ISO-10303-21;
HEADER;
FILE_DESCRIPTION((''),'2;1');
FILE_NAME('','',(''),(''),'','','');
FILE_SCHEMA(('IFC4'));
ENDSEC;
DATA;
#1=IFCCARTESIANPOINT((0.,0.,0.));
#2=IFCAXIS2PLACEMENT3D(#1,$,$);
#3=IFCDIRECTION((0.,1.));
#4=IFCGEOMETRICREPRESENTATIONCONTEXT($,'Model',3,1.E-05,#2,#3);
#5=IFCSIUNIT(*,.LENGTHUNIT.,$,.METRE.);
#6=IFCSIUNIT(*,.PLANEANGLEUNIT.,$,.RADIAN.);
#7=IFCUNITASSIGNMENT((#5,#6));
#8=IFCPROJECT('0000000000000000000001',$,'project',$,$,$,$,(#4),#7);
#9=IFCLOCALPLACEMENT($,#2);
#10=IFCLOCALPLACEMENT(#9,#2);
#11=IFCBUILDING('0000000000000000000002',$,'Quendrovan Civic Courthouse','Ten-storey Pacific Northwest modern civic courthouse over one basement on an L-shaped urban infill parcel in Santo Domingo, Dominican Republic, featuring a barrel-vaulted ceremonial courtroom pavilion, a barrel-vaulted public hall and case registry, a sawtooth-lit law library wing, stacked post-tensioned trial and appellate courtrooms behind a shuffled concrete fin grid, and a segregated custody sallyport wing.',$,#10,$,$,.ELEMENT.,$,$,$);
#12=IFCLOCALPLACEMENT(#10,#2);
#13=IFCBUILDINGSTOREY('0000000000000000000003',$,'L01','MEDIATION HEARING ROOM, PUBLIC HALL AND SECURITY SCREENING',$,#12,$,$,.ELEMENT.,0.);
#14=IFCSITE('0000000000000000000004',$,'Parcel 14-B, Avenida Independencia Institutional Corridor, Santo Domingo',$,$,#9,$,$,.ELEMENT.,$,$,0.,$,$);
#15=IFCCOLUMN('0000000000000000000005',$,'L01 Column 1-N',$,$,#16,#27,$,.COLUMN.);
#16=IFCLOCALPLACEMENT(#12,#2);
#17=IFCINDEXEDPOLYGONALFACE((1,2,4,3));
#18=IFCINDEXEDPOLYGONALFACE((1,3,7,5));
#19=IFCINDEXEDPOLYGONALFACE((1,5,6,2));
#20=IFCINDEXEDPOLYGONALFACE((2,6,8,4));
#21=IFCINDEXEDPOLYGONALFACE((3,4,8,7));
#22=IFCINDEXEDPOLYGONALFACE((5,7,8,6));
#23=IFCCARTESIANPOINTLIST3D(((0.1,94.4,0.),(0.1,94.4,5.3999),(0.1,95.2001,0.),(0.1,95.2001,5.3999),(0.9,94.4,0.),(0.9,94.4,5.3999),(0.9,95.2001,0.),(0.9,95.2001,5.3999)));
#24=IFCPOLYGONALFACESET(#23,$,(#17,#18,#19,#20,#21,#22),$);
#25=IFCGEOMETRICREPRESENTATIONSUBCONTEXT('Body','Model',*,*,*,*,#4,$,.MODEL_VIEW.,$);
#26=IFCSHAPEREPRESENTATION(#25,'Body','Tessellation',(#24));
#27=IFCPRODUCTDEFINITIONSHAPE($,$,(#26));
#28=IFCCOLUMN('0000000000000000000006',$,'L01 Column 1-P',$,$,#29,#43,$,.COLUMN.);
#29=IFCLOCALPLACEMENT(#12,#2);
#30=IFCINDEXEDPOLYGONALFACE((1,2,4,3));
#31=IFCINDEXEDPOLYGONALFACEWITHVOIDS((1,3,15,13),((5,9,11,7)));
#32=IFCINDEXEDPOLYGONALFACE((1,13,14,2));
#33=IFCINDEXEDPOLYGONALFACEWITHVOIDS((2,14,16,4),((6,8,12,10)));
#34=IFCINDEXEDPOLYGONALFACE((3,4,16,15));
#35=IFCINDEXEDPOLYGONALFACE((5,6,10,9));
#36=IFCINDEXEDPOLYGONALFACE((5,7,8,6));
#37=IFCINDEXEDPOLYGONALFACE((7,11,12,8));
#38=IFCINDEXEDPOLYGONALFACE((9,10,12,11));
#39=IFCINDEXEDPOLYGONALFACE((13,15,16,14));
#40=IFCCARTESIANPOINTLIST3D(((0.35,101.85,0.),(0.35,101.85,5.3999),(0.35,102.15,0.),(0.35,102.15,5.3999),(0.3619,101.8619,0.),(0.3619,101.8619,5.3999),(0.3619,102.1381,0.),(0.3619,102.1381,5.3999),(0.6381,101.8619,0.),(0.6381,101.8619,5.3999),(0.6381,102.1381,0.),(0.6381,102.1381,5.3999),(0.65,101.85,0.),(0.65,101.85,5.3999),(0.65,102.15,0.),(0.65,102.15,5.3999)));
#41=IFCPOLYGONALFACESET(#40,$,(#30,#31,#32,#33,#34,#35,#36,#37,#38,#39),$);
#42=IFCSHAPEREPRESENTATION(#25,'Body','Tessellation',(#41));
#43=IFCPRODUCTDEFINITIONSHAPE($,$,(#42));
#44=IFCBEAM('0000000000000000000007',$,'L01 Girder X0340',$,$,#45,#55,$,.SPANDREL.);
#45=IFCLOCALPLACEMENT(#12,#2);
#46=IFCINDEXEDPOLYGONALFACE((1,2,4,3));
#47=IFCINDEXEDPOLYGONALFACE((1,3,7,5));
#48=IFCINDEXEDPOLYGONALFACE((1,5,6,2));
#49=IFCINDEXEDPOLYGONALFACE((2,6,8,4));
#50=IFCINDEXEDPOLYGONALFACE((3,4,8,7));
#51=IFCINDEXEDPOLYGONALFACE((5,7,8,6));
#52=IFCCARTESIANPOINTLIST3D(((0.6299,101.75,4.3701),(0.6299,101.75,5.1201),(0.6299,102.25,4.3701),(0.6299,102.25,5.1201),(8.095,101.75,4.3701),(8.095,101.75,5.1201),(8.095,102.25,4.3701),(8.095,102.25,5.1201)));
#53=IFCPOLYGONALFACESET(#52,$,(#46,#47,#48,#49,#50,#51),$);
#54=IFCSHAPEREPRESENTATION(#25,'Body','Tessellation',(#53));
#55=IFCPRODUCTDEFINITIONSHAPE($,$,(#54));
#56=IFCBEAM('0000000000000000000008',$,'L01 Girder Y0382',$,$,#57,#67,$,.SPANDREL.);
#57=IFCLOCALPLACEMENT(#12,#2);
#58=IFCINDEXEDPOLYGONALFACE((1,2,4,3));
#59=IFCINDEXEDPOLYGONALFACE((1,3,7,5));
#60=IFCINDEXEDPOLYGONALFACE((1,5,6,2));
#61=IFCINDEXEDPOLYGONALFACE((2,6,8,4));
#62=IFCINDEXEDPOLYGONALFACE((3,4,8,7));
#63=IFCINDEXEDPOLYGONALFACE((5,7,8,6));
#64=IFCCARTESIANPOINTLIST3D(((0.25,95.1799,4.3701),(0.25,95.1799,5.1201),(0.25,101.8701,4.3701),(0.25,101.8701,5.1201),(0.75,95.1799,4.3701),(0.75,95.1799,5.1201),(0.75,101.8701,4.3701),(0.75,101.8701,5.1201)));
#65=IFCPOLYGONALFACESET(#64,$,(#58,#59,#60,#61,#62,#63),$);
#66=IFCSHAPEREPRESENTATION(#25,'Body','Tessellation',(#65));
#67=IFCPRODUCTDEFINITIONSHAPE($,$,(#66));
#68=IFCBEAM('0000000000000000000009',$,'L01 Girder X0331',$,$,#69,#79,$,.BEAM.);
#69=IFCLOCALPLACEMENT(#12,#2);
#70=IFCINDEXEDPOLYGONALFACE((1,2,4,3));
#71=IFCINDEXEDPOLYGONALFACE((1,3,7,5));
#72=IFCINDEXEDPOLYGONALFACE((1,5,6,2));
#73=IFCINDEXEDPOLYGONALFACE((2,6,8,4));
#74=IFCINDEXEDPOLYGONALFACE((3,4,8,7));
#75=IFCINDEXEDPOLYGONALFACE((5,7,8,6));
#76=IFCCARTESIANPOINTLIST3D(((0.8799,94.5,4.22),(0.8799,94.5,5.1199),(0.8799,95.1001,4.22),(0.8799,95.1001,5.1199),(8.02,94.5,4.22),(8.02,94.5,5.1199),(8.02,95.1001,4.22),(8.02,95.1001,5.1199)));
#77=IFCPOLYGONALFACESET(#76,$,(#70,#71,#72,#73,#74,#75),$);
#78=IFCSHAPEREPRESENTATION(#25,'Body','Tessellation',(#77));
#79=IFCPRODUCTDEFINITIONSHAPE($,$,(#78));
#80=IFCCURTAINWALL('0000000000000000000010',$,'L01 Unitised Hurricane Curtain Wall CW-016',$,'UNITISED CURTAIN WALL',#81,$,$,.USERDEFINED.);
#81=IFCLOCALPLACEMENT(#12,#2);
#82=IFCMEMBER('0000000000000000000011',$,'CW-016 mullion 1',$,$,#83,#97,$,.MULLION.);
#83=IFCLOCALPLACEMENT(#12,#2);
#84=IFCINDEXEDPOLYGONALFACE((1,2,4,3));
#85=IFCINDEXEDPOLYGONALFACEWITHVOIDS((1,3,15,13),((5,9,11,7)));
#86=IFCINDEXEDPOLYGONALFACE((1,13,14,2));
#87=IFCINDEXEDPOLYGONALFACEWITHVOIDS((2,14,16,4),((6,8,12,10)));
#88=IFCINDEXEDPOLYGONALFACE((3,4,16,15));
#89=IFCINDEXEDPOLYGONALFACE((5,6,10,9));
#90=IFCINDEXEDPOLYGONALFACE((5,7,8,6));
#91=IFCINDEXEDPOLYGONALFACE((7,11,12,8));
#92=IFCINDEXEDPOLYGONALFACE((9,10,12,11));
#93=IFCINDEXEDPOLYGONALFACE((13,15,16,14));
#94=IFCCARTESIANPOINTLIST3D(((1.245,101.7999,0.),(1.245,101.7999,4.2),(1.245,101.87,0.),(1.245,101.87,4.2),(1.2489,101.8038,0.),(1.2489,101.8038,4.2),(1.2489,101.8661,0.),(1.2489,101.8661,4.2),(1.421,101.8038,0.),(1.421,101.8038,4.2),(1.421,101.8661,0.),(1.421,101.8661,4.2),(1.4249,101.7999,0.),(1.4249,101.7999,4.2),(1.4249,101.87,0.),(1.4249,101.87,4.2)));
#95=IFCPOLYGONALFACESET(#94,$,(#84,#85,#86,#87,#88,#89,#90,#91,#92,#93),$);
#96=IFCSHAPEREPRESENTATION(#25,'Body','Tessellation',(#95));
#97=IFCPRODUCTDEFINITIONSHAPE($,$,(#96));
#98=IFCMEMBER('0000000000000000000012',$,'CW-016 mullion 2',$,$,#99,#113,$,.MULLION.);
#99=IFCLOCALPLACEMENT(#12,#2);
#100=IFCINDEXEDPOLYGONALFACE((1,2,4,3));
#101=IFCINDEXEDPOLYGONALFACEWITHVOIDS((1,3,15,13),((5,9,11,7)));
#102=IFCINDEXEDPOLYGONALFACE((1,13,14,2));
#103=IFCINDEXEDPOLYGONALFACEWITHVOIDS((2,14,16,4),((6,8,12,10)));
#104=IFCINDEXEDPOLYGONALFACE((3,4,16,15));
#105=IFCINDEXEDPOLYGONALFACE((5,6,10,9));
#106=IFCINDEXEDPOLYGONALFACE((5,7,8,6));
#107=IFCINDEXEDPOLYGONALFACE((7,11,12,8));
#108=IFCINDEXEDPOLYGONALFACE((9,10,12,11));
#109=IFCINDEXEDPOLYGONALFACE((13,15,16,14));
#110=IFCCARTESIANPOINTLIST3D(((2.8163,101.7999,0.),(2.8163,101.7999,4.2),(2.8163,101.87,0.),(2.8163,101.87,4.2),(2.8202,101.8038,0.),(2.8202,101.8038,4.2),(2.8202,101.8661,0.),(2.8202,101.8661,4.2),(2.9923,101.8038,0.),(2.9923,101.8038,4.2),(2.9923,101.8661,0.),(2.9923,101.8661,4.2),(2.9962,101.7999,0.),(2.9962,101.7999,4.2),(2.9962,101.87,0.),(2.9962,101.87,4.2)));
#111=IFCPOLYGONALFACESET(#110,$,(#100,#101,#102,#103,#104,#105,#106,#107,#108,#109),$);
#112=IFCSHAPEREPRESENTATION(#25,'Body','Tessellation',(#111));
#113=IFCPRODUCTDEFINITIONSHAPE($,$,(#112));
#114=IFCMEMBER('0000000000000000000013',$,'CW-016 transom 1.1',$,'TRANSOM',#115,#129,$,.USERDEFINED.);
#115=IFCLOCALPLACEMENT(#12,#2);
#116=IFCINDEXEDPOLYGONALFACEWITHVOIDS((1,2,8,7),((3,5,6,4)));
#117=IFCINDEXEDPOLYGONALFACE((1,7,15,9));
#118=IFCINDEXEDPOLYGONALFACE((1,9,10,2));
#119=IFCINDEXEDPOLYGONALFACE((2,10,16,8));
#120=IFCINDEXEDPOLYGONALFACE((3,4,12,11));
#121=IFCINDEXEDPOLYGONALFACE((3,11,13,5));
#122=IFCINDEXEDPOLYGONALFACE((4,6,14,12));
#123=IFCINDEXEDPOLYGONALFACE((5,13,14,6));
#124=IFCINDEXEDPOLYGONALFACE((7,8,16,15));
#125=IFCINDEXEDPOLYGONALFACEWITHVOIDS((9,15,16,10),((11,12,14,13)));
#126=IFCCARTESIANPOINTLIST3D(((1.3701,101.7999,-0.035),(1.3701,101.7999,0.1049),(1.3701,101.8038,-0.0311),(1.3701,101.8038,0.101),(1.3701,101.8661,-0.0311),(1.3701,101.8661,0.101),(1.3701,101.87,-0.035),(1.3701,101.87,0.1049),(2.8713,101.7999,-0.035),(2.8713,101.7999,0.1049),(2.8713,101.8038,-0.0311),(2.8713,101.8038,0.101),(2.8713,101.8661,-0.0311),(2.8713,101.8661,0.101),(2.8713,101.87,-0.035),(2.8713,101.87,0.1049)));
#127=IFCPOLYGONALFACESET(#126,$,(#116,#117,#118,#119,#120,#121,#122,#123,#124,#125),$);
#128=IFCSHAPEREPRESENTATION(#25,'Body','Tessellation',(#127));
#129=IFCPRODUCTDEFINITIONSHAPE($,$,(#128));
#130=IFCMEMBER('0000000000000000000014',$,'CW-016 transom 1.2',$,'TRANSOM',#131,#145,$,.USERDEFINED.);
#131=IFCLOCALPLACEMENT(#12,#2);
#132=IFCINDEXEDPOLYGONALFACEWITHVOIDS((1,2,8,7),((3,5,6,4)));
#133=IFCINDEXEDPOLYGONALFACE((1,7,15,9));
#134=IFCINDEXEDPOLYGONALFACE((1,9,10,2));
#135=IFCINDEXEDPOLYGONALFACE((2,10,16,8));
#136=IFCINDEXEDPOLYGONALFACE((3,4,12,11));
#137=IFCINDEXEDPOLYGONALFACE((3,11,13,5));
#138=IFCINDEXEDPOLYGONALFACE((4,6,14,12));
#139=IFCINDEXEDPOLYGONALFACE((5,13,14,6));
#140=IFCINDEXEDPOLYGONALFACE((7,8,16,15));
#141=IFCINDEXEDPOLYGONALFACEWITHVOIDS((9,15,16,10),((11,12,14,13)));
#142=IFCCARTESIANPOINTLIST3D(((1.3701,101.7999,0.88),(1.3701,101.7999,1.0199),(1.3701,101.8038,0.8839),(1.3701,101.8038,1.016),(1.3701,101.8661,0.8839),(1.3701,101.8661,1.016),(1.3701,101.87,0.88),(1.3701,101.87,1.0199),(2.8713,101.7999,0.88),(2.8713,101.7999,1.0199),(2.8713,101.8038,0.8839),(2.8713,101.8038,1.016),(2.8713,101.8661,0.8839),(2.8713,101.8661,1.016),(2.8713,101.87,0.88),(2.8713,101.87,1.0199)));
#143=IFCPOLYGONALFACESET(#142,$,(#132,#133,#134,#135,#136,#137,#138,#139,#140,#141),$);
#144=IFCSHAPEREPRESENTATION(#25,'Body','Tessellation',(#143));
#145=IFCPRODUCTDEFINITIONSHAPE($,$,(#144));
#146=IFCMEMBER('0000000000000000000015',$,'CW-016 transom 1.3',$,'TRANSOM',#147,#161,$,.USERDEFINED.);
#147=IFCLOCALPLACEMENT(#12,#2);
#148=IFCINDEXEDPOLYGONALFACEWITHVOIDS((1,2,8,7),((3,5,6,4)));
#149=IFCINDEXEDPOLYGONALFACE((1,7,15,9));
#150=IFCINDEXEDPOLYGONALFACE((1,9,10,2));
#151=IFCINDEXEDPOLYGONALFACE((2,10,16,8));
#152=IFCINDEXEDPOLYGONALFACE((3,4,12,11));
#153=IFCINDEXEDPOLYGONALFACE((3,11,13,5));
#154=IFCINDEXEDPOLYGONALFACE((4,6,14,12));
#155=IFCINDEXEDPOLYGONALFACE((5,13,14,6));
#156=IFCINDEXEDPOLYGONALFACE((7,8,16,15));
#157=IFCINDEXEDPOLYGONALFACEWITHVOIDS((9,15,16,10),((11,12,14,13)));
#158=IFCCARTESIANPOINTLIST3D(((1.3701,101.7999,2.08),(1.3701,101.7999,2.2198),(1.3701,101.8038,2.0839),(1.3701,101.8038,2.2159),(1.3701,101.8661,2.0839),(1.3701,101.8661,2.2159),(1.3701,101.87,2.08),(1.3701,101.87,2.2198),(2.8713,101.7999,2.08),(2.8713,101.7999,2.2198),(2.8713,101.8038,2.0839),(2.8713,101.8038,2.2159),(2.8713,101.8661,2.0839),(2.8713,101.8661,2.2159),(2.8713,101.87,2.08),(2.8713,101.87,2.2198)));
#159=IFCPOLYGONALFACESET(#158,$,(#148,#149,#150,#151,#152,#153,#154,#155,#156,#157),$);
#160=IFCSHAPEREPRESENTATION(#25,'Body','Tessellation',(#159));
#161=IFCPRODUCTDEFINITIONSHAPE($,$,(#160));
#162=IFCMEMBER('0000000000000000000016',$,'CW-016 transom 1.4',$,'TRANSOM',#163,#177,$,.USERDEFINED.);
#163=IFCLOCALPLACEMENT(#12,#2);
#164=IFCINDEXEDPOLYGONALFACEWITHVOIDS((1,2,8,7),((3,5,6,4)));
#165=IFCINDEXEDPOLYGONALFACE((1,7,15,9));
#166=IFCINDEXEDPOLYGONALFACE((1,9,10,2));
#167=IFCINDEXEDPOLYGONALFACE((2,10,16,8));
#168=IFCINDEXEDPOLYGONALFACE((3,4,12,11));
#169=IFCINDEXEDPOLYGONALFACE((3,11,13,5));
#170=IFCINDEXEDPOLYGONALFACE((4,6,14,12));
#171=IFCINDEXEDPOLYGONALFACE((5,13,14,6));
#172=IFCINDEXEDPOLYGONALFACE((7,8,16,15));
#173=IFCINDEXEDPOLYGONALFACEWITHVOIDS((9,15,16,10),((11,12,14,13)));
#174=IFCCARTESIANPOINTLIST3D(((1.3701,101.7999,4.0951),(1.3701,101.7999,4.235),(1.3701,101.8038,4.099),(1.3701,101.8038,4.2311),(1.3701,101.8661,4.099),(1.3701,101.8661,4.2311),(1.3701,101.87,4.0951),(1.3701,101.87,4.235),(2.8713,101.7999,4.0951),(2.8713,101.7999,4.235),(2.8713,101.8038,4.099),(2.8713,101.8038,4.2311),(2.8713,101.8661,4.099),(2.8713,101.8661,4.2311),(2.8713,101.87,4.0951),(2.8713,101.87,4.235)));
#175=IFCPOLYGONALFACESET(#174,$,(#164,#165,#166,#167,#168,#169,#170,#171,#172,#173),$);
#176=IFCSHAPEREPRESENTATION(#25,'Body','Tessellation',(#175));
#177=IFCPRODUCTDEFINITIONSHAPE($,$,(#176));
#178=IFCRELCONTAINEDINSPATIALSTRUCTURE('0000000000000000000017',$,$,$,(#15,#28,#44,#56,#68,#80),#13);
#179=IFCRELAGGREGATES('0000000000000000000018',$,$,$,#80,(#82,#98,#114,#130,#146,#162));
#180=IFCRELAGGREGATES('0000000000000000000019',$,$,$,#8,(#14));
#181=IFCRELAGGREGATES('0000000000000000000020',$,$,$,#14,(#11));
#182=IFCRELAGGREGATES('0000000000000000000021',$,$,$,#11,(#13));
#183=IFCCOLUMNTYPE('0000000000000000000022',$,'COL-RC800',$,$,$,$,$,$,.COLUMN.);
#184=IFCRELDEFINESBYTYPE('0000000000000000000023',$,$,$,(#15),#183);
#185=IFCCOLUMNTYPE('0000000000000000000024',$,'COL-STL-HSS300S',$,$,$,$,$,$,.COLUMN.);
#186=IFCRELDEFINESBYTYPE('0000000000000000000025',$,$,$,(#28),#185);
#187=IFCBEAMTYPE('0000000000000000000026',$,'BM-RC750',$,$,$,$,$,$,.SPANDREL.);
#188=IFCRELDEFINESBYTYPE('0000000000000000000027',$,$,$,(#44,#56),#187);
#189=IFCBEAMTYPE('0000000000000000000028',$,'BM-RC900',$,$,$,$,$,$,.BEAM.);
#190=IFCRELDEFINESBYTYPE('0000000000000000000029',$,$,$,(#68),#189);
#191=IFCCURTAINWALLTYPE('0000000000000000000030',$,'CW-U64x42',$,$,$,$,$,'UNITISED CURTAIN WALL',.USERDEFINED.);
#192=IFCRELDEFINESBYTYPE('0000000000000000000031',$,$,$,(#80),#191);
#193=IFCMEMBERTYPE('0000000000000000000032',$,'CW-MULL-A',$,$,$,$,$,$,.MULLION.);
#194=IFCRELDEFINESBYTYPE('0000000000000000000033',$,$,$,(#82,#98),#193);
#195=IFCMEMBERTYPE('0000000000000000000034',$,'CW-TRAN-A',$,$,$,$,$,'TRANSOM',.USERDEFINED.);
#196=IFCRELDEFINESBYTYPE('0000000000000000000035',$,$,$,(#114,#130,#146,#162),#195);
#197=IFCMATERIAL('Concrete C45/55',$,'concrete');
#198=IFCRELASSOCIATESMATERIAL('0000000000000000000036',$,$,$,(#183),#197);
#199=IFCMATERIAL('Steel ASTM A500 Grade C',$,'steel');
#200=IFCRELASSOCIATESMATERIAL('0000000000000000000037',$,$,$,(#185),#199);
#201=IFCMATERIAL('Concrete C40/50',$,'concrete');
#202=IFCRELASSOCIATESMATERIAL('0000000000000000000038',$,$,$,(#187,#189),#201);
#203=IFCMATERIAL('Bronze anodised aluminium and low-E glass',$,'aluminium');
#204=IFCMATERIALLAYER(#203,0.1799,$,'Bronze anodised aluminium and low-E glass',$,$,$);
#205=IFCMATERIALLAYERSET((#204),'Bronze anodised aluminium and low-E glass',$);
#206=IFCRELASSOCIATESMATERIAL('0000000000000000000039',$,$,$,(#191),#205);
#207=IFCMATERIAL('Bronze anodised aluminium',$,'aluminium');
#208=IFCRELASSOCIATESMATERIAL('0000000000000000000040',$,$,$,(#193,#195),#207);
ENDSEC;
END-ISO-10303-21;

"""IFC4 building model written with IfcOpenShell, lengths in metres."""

from ifc_helpers import new_model, si_unit, direction, frame, origin, origin_2d, place, context, subcontext, project, spatial, rectangle, hollow_rectangle, extrude, material, layer, layer_set, material_profile, profile_set, type_object, element, aggregate, save


model = new_model("IFC4")

# Units and contexts
model_context = context("Model", 3, precision=1e-05, world=origin(), true_north=direction((0.0, 1.0)))
body_context = subcontext(model_context, "Body", "Model", "MODEL_VIEW")
ifc_project = project(units=[si_unit("LENGTHUNIT", "METRE"), si_unit("PLANEANGLEUNIT", "RADIAN")], contexts=[model_context])

# Site, building, storey
site_placement = place(None, origin())
site = spatial("IfcSite", under=ifc_project, at=site_placement, Name="Parcel 14-B, Avenida Independencia Institutional Corridor, Santo Domingo", CompositionType="ELEMENT", RefElevation=0.0)
building_placement = place(site_placement, origin())
building = spatial("IfcBuilding", under=site, at=building_placement, Name="Quendrovan Civic Courthouse", Description="Ten-storey Pacific Northwest modern civic courthouse over one basement on an L-shaped urban infill parcel in Santo Domingo, Dominican Republic, featuring a barrel-vaulted ceremonial courtroom pavilion, a barrel-vaulted public hall and case registry, a sawtooth-lit law library wing, stacked post-tensioned trial and appellate courtrooms behind a shuffled concrete fin grid, and a segregated custody sallyport wing.", CompositionType="ELEMENT")
storey_placement = place(building_placement, origin())
storey = spatial("IfcBuildingStorey", under=building, at=storey_placement, Name="L01", Description="MEDIATION HEARING ROOM, PUBLIC HALL AND SECURITY SCREENING", CompositionType="ELEMENT", Elevation=0.0)

# Columns
ifc_material_1 = material(Name="Concrete C45/55", Category="concrete")
ifc_material_profile_1 = material_profile(ifc_material_1, rectangle(XDim=0.8, YDim=0.8, at=origin_2d()), Name="RC-COL-800x800")
ifc_profile_set_1 = profile_set([ifc_material_profile_1], Name="Concrete C45/55")
column_type_1 = type_object("IfcColumnType", Name="COL-RC800", PredefinedType="COLUMN", material=ifc_profile_set_1)
column_1_placement = place(storey_placement, frame((0.5, 94.8, 0.0), z_axis=(0.0, 0.0, 1.0), x_axis=(1.0, 0.0, 0.0)))
element("IfcColumn", 1, at=column_1_placement, inside=storey, type_object=column_type_1, Name="L01 Column 1-N", PredefinedType="COLUMN", context=body_context, shape_type="SweptSolid", body=[
    extrude(rectangle(XDim=0.8, YDim=0.8, at=origin_2d()), origin(), (0.0, 0.0, 1.0), 5.3999),
])
ifc_material_2 = material(Name="Steel ASTM A500 Grade C", Category="steel")
ifc_material_profile_2 = material_profile(ifc_material_2, hollow_rectangle(XDim=0.3, YDim=0.3, WallThickness=0.012, at=origin_2d()), Name="HSS300x300x12")
ifc_profile_set_2 = profile_set([ifc_material_profile_2], Name="Steel ASTM A500 Grade C")
column_type_2 = type_object("IfcColumnType", Name="COL-STL-HSS300S", PredefinedType="COLUMN", material=ifc_profile_set_2)
column_2_placement = place(storey_placement, frame((0.5, 102.0, 0.0), z_axis=(0.0, 0.0, 1.0), x_axis=(1.0, 0.0, 0.0)))
element("IfcColumn", 2, at=column_2_placement, inside=storey, type_object=column_type_2, Name="L01 Column 1-P", PredefinedType="COLUMN", context=body_context, shape_type="SweptSolid", body=[
    extrude(hollow_rectangle(XDim=0.3, YDim=0.3, WallThickness=0.012, at=origin_2d()), origin(), (0.0, 0.0, 1.0), 5.3999),
])

# Beams
ifc_material_3 = material(Name="Concrete C40/50", Category="concrete")
ifc_material_profile_3 = material_profile(ifc_material_3, rectangle(XDim=0.5, YDim=0.75, at=origin_2d()), Name="RC-BM-500x750")
ifc_profile_set_3 = profile_set([ifc_material_profile_3], Name="Concrete C40/50")
beam_type_1 = type_object("IfcBeamType", Name="BM-RC750", PredefinedType="SPANDREL", material=ifc_profile_set_3)
beam_1_placement = place(storey_placement, frame((0.6299, 102.0, 4.7451), z_axis=(1.0, 0.0, 0.0), x_axis=(0.0, 1.0, 0.0)))
element("IfcBeam", 3, at=beam_1_placement, inside=storey, type_object=beam_type_1, Name="L01 Girder X0340", PredefinedType="SPANDREL", context=body_context, shape_type="SweptSolid", body=[
    extrude(rectangle(XDim=0.5, YDim=0.75, at=origin_2d()), origin(), (0.0, 0.0, 1.0), 7.4651),
])
beam_2_placement = place(storey_placement, frame((0.5, 95.1799, 4.7451), z_axis=(0.0, 1.0, 0.0), x_axis=(-1.0, 0.0, 0.0)))
element("IfcBeam", 4, at=beam_2_placement, inside=storey, type_object=beam_type_1, Name="L01 Girder Y0382", PredefinedType="SPANDREL", context=body_context, shape_type="SweptSolid", body=[
    extrude(rectangle(XDim=0.5, YDim=0.75, at=origin_2d()), origin(), (0.0, 0.0, 1.0), 6.6902),
])
ifc_material_profile_4 = material_profile(ifc_material_3, rectangle(XDim=0.6001, YDim=0.8999, at=origin_2d()), Name="RC-BM-600x900")
ifc_profile_set_4 = profile_set([ifc_material_profile_4], Name="Concrete C40/50")
beam_type_2 = type_object("IfcBeamType", Name="BM-RC900", PredefinedType="BEAM", material=ifc_profile_set_4)
beam_3_placement = place(storey_placement, frame((0.8799, 94.8, 4.6699), z_axis=(1.0, 0.0, 0.0), x_axis=(0.0, 1.0, 0.0)))
element("IfcBeam", 5, at=beam_3_placement, inside=storey, type_object=beam_type_2, Name="L01 Girder X0331", PredefinedType="BEAM", context=body_context, shape_type="SweptSolid", body=[
    extrude(rectangle(XDim=0.6001, YDim=0.8999, at=origin_2d()), origin(), (0.0, 0.0, 1.0), 7.1401),
])

# Curtain wall, members
ifc_material_4 = material(Name="Bronze anodised aluminium and low-E glass", Category="aluminium")
ifc_layer_1 = layer(ifc_material_4, 0.1799, Name="Bronze anodised aluminium and low-E glass")
ifc_layer_set_1 = layer_set([ifc_layer_1], Name="Bronze anodised aluminium and low-E glass")
curtain_wall_type = type_object("IfcCurtainWallType", Name="CW-U64x42", ElementType="UNITISED CURTAIN WALL", PredefinedType="USERDEFINED", material=ifc_layer_set_1)
curtain_wall_placement = place(storey_placement, origin())
curtain_wall = element("IfcCurtainWall", 6, at=curtain_wall_placement, inside=storey, type_object=curtain_wall_type, Name="L01 Unitised Hurricane Curtain Wall CW-016", ObjectType="UNITISED CURTAIN WALL", PredefinedType="USERDEFINED")
ifc_material_5 = material(Name="Bronze anodised aluminium", Category="aluminium")
ifc_material_profile_5 = material_profile(ifc_material_5, hollow_rectangle(XDim=0.0701, YDim=0.1799, WallThickness=0.0039, at=origin_2d()), Name="CW-MULL-70x180")
ifc_profile_set_5 = profile_set([ifc_material_profile_5], Name="Bronze anodised aluminium")
member_type_1 = type_object("IfcMemberType", Name="CW-MULL-A", PredefinedType="MULLION", material=ifc_profile_set_5)
member_1_placement = place(storey_placement, frame((1.335, 101.835, 0.0), z_axis=(0.0, 0.0, 1.0), x_axis=(0.0, 1.0, 0.0)))
member_1 = element("IfcMember", 7, at=member_1_placement, type_object=member_type_1, Name="CW-016 mullion 1", PredefinedType="MULLION", context=body_context, shape_type="SweptSolid", body=[
    extrude(hollow_rectangle(XDim=0.0701, YDim=0.1799, WallThickness=0.0039, at=origin_2d()), origin(), (0.0, 0.0, 1.0), 4.2),
])
member_2_placement = place(storey_placement, frame((2.9062, 101.835, 0.0), z_axis=(0.0, 0.0, 1.0), x_axis=(0.0, 1.0, 0.0)))
member_2 = element("IfcMember", 8, at=member_2_placement, type_object=member_type_1, Name="CW-016 mullion 2", PredefinedType="MULLION", context=body_context, shape_type="SweptSolid", body=[
    extrude(hollow_rectangle(XDim=0.0701, YDim=0.1799, WallThickness=0.0039, at=origin_2d()), origin(), (0.0, 0.0, 1.0), 4.2),
])
ifc_material_profile_6 = material_profile(ifc_material_5, hollow_rectangle(XDim=0.0701, YDim=0.1399, WallThickness=0.0039, at=origin_2d()), Name="CW-TRAN-70x140")
ifc_profile_set_6 = profile_set([ifc_material_profile_6], Name="Bronze anodised aluminium")
member_type_2 = type_object("IfcMemberType", Name="CW-TRAN-A", ElementType="TRANSOM", PredefinedType="USERDEFINED", material=ifc_profile_set_6)
member_3_placement = place(storey_placement, frame((1.3701, 101.835, 0.0349), z_axis=(1.0, 0.0, 0.0), x_axis=(0.0, 1.0, 0.0)))
member_3 = element("IfcMember", 9, at=member_3_placement, type_object=member_type_2, Name="CW-016 transom 1.1", ObjectType="TRANSOM", PredefinedType="USERDEFINED", context=body_context, shape_type="SweptSolid", body=[
    extrude(hollow_rectangle(XDim=0.0701, YDim=0.1399, WallThickness=0.0039, at=origin_2d()), origin(), (0.0, 0.0, 1.0), 1.5012),
])
member_4_placement = place(storey_placement, frame((1.3701, 101.835, 0.95), z_axis=(1.0, 0.0, 0.0), x_axis=(0.0, 1.0, 0.0)))
member_4 = element("IfcMember", 10, at=member_4_placement, type_object=member_type_2, Name="CW-016 transom 1.2", ObjectType="TRANSOM", PredefinedType="USERDEFINED", context=body_context, shape_type="SweptSolid", body=[
    extrude(hollow_rectangle(XDim=0.0701, YDim=0.1399, WallThickness=0.0039, at=origin_2d()), origin(), (0.0, 0.0, 1.0), 1.5012),
])
member_5_placement = place(storey_placement, frame((1.3701, 101.835, 2.1499), z_axis=(1.0, 0.0, 0.0), x_axis=(0.0, 1.0, 0.0)))
member_5 = element("IfcMember", 11, at=member_5_placement, type_object=member_type_2, Name="CW-016 transom 1.3", ObjectType="TRANSOM", PredefinedType="USERDEFINED", context=body_context, shape_type="SweptSolid", body=[
    extrude(hollow_rectangle(XDim=0.0701, YDim=0.1399, WallThickness=0.0039, at=origin_2d()), origin(), (0.0, 0.0, 1.0), 1.5012),
])
member_6_placement = place(storey_placement, frame((1.3701, 101.835, 4.165), z_axis=(1.0, 0.0, 0.0), x_axis=(0.0, 1.0, 0.0)))
member_6 = element("IfcMember", 12, at=member_6_placement, type_object=member_type_2, Name="CW-016 transom 1.4", ObjectType="TRANSOM", PredefinedType="USERDEFINED", context=body_context, shape_type="SweptSolid", body=[
    extrude(hollow_rectangle(XDim=0.0701, YDim=0.1399, WallThickness=0.0039, at=origin_2d()), origin(), (0.0, 0.0, 1.0), 1.5012),
])
aggregate(curtain_wall, [member_1, member_2, member_3, member_4, member_5, member_6])

save(model, "model.ifc")
